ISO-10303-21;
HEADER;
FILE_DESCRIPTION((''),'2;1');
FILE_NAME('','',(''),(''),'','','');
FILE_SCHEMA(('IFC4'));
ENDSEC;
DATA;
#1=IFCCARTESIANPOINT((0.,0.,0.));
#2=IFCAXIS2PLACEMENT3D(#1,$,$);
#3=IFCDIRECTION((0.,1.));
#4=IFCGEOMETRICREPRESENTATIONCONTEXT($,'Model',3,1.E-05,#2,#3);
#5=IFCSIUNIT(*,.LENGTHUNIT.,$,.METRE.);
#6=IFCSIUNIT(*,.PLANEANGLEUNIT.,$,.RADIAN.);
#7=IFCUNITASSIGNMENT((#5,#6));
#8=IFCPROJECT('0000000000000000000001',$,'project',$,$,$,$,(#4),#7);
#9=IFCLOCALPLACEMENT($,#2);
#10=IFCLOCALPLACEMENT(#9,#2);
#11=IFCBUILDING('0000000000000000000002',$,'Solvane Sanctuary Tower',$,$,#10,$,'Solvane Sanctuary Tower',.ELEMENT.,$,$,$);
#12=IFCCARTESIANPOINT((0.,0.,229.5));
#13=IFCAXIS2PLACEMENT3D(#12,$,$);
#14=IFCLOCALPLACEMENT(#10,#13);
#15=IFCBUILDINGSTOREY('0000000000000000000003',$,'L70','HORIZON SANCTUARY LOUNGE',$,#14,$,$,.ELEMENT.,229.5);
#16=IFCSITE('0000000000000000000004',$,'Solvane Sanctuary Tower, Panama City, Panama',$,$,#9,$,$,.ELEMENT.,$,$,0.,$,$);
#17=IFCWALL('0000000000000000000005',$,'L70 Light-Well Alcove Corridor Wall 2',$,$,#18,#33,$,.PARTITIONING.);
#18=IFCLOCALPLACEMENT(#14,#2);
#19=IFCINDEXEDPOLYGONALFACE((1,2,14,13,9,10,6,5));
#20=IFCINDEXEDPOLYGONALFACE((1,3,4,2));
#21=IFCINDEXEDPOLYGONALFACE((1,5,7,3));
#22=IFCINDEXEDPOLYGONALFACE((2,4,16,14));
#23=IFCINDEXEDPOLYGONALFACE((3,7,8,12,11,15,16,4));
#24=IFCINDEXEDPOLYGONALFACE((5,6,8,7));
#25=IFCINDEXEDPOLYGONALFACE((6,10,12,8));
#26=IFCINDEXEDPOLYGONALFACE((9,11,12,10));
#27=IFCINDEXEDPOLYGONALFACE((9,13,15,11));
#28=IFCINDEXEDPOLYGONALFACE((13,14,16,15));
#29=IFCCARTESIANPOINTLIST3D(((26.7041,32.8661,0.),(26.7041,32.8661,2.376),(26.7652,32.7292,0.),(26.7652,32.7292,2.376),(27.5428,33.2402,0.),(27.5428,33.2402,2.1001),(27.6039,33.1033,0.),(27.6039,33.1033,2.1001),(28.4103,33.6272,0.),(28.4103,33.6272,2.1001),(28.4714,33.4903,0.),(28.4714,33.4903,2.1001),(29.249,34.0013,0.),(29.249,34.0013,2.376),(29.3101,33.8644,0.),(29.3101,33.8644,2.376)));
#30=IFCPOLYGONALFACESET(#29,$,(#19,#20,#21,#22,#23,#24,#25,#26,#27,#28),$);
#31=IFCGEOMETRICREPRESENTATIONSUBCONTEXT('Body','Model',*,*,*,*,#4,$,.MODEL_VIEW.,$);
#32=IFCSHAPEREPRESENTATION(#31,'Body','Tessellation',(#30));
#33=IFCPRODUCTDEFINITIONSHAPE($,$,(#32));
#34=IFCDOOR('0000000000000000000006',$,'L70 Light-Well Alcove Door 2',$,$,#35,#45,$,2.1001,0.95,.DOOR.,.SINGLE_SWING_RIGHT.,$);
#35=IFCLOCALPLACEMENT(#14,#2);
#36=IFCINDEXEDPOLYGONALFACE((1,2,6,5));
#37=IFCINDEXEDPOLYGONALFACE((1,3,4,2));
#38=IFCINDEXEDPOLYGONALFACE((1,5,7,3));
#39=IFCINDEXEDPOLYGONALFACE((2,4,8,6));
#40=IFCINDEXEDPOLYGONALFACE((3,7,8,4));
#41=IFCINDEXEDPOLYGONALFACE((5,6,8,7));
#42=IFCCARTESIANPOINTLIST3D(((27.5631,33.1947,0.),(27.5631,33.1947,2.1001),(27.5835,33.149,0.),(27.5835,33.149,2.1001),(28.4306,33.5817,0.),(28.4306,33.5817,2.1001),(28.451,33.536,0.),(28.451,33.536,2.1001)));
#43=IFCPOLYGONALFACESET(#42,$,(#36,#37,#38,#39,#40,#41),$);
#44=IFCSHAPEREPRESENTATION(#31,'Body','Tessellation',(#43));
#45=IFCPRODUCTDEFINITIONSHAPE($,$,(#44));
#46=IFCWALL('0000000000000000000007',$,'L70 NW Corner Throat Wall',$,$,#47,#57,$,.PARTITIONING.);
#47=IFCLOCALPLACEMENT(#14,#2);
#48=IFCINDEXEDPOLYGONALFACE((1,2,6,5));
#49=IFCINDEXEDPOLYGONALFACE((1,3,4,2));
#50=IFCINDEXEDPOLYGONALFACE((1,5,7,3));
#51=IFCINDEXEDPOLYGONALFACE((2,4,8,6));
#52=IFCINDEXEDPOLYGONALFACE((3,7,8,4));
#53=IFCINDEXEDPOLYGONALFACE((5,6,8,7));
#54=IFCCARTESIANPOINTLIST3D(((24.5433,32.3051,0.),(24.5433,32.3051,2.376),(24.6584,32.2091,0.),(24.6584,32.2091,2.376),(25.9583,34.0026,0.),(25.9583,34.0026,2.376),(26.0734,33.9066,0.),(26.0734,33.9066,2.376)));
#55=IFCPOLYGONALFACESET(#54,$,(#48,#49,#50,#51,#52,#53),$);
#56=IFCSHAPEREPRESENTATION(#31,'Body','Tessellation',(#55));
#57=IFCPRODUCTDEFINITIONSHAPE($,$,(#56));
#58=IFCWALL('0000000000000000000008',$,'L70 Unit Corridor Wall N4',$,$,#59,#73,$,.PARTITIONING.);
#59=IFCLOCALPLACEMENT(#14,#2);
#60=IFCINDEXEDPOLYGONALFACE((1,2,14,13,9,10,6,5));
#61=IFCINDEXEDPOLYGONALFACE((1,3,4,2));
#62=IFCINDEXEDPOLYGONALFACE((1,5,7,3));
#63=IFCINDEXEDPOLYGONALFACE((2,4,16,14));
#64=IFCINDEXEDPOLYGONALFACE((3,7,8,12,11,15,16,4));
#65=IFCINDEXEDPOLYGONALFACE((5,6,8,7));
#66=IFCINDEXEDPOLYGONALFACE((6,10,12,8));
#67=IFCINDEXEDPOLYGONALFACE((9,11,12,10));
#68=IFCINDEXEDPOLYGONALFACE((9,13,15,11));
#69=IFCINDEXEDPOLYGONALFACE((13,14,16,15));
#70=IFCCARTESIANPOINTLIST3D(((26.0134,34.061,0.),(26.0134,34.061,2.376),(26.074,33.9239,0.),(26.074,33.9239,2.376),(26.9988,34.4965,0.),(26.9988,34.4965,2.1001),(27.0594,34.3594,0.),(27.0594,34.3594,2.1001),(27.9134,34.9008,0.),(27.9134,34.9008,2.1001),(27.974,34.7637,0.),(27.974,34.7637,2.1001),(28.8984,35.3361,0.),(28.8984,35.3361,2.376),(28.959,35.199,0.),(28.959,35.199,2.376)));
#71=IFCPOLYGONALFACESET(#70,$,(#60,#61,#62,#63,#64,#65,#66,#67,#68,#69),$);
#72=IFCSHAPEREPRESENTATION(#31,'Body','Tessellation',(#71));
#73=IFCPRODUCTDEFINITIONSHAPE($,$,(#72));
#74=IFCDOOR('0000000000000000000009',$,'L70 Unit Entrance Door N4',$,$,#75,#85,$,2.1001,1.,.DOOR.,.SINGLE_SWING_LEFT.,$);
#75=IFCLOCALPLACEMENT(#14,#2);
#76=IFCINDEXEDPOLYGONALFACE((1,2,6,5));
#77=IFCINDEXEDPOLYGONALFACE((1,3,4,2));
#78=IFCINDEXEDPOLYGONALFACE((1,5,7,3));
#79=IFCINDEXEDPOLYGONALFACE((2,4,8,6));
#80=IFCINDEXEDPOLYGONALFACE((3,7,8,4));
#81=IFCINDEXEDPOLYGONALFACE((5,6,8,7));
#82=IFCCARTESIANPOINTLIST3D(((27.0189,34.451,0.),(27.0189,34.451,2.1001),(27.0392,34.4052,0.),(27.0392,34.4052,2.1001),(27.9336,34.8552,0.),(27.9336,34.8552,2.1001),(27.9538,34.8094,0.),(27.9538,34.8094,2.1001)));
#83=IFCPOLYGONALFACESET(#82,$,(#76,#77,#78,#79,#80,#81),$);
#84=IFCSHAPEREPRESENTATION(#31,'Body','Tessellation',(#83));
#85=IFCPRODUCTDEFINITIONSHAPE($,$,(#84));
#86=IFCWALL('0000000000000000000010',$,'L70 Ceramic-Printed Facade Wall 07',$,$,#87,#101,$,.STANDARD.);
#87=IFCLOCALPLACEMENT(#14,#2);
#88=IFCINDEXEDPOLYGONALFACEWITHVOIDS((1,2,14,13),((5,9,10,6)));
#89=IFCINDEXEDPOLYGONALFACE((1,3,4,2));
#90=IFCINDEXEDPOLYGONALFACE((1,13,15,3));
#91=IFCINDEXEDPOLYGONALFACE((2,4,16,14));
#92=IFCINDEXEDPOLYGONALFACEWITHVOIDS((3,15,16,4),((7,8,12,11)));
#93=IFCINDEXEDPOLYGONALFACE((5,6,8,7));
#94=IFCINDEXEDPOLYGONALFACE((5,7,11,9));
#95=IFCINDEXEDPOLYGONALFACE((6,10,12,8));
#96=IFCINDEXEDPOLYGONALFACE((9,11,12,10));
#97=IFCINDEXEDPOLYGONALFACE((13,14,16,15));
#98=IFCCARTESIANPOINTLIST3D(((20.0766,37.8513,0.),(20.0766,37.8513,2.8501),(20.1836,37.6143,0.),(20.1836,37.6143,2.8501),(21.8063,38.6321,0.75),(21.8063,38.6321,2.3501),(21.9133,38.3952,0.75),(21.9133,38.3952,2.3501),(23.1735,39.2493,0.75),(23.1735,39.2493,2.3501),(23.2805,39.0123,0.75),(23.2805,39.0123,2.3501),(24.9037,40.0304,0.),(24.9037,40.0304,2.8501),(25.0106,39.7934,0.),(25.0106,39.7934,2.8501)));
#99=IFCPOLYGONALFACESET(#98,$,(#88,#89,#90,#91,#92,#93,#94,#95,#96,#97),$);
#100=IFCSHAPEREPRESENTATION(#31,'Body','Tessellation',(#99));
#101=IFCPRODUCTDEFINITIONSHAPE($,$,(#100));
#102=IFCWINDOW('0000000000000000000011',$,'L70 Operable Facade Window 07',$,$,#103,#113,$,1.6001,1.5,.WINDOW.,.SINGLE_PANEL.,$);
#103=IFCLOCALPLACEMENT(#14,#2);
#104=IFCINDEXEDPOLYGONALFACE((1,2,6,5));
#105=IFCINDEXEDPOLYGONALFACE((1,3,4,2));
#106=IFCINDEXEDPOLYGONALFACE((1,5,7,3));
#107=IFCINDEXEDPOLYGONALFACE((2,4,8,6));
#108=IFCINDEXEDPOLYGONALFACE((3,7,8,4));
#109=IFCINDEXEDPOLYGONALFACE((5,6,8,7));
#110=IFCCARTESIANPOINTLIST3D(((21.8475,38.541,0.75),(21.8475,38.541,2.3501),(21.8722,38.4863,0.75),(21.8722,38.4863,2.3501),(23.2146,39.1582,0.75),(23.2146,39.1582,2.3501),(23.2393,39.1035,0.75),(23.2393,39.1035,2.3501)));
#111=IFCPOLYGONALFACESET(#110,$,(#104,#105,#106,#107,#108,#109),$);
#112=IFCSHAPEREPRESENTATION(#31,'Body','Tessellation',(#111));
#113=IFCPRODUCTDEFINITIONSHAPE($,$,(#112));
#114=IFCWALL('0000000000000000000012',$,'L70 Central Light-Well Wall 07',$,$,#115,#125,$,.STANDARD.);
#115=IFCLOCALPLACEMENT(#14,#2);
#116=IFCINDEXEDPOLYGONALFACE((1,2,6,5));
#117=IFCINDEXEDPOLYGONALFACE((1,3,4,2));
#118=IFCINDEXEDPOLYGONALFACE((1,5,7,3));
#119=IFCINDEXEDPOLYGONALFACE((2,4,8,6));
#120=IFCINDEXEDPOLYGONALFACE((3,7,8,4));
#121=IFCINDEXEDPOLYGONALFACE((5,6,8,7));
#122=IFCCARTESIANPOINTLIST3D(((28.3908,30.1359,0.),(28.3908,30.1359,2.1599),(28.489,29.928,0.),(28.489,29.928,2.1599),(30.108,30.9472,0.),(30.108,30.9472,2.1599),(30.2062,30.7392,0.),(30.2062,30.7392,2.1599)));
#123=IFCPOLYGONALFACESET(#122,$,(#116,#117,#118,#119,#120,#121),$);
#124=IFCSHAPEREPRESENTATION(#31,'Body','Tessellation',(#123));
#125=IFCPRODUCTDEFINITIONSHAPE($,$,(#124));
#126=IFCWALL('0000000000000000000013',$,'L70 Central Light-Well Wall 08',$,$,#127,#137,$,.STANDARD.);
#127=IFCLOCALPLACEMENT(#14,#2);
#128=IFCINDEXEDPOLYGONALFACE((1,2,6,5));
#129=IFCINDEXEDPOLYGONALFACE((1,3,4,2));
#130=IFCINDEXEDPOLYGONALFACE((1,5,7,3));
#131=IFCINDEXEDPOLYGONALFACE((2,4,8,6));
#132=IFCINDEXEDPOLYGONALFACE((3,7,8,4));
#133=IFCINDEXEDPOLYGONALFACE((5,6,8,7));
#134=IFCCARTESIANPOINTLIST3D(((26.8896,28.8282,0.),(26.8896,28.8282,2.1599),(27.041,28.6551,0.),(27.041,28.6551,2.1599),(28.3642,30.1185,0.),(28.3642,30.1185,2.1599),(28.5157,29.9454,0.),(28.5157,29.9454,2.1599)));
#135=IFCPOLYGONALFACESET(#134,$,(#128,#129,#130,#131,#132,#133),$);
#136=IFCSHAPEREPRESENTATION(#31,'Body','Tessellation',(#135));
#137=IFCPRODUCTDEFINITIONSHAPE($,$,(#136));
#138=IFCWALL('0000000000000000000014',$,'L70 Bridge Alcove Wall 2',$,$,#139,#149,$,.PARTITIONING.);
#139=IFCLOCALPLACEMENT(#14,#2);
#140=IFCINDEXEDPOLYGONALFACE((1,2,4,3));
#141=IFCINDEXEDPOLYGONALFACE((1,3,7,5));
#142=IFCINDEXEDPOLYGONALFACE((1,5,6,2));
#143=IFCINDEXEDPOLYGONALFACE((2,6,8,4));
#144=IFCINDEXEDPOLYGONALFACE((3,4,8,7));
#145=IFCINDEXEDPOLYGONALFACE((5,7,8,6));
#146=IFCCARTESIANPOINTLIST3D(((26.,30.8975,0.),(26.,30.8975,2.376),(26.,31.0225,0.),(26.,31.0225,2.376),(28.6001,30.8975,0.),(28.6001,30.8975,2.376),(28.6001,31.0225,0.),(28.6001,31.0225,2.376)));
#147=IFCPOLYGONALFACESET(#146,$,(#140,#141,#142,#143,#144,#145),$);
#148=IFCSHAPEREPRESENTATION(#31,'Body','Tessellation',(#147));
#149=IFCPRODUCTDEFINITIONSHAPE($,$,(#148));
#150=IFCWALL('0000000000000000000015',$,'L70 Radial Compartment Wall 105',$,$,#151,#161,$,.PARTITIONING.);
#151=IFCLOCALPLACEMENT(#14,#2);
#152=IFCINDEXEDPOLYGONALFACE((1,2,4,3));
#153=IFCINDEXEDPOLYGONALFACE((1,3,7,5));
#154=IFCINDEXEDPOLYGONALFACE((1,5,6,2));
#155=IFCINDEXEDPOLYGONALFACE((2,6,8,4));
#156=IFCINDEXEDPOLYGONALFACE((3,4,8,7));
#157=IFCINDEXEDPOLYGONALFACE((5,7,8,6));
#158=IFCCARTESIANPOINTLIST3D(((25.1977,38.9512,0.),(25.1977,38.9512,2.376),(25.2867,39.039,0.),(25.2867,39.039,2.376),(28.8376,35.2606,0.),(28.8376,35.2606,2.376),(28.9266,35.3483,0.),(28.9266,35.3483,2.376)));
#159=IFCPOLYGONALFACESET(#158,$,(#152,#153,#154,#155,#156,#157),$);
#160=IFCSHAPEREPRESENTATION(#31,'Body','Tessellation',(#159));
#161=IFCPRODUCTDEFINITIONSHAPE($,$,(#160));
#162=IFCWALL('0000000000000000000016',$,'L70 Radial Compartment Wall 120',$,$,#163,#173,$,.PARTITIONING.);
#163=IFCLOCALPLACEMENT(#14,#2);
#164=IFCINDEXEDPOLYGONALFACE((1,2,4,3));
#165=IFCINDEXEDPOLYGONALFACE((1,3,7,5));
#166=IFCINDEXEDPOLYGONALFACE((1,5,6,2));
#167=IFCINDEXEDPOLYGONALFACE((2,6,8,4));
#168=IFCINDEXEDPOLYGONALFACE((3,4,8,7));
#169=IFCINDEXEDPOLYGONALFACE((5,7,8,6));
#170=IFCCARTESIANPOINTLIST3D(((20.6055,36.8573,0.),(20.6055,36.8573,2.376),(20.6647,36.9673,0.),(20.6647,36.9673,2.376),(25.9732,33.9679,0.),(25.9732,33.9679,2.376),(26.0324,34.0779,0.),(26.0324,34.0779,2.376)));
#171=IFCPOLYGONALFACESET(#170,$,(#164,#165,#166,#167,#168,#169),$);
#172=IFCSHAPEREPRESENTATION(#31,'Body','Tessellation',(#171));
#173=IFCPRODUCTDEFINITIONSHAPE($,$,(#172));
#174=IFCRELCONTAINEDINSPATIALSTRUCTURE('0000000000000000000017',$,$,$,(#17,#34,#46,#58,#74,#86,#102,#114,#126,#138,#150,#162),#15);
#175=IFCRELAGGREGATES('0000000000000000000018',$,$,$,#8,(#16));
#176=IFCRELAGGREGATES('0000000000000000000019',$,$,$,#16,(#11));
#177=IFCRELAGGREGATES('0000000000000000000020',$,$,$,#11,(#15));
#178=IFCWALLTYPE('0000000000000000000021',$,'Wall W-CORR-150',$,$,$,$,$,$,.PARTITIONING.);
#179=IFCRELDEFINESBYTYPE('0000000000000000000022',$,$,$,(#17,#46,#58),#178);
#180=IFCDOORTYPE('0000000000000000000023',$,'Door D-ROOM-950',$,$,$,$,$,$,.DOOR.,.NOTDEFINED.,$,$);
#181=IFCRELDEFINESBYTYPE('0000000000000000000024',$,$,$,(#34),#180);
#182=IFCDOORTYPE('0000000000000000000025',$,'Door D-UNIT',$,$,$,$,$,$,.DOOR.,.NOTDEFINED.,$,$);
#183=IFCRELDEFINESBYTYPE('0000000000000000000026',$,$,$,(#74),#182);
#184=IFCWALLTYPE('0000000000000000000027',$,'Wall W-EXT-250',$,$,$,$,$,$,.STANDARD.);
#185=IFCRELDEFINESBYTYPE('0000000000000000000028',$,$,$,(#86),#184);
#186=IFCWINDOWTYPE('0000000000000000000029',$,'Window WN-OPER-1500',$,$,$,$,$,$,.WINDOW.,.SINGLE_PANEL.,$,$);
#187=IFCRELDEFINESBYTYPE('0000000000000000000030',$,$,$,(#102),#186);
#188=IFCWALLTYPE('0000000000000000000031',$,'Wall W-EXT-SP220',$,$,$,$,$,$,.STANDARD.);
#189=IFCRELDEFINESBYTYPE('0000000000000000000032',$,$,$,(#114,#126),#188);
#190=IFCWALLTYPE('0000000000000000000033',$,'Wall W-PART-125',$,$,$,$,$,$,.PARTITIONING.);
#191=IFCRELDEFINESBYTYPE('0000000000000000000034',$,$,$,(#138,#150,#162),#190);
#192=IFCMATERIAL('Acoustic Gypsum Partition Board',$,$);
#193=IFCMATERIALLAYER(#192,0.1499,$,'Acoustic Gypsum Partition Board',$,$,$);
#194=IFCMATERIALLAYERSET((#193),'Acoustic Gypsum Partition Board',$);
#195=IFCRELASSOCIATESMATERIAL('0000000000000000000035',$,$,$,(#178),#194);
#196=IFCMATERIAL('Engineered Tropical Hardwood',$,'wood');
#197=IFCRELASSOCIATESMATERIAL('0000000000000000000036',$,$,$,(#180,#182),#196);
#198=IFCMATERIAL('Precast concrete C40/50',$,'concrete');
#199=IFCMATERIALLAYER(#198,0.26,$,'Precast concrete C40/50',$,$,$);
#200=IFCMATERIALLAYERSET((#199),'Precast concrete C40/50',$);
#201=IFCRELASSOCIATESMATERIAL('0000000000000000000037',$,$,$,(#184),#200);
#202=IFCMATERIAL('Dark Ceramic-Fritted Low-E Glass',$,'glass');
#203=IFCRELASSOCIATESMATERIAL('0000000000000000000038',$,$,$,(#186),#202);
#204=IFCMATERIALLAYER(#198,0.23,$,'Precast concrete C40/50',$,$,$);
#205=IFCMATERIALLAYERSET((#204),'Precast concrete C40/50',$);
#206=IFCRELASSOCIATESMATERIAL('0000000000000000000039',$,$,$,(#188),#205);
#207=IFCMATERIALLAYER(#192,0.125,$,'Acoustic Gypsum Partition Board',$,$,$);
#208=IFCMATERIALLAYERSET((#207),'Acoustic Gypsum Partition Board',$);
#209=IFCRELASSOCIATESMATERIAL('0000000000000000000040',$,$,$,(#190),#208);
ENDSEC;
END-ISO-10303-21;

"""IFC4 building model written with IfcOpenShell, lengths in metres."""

from ifc_helpers import new_model, si_unit, direction, frame, frame_2d, origin, place, context, subcontext, project, spatial, rectangle, extrude, material, layer, layer_set, type_object, element, fill, save


model = new_model("IFC4")

# Units and contexts
model_context = context("Model", 3, precision=1e-05, world=origin(), true_north=direction((0.0, 1.0)))
body_context = subcontext(model_context, "Body", "Model", "MODEL_VIEW")
ifc_project = project(units=[si_unit("LENGTHUNIT", "METRE"), si_unit("PLANEANGLEUNIT", "RADIAN")], contexts=[model_context])

# Site, building, storey
site_placement = place(None, origin())
site = spatial("IfcSite", under=ifc_project, at=site_placement, Name="Solvane Sanctuary Tower, Panama City, Panama", CompositionType="ELEMENT", RefElevation=0.0)
building_placement = place(site_placement, origin())
building = spatial("IfcBuilding", under=site, at=building_placement, Name="Solvane Sanctuary Tower", LongName="Solvane Sanctuary Tower", CompositionType="ELEMENT")
storey_placement = place(building_placement, frame((0.0, 0.0, 229.5)))
storey = spatial("IfcBuildingStorey", under=building, at=storey_placement, Name="L70", Description="HORIZON SANCTUARY LOUNGE", CompositionType="ELEMENT", Elevation=229.5)

# Wall, opening, door
ifc_material_1 = material(Name="Acoustic Gypsum Partition Board")
ifc_layer_1 = layer(ifc_material_1, 0.1499, Name="Acoustic Gypsum Partition Board")
ifc_layer_set_1 = layer_set([ifc_layer_1], Name="Acoustic Gypsum Partition Board")
wall_type_1 = type_object("IfcWallType", Name="Wall W-CORR-150", PredefinedType="PARTITIONING", material=ifc_layer_set_1)
wall_1_placement = place(storey_placement, frame((29.2795, 33.9329, 0.0), z_axis=(0.0, 0.0, 1.0), x_axis=(-0.913254, -0.40739, 0.0)))
wall_1 = element("IfcWall", 1, at=wall_1_placement, inside=storey, type_object=wall_type_1, Name="L70 Light-Well Alcove Corridor Wall 2", PredefinedType="PARTITIONING", context=body_context, shape_type="SweptSolid", body=[
    extrude(rectangle(XDim=2.7866, YDim=0.1499, at=frame_2d((1.3933, 0.0))), origin(), (0.0, 0.0, 1.0), 2.376),
])
opening_1_placement = place(wall_1_placement, frame((0.9182, 0.0, 0.0)))
opening_1 = element("IfcOpeningElement", 2, at=opening_1_placement, cuts=wall_1, PredefinedType="OPENING", context=body_context, shape_type="SweptSolid", body=[
    extrude(rectangle(XDim=0.95, YDim=2.1001, at=frame_2d((0.4751, 1.05))), frame((0.0, 0.085, 0.0), z_axis=(0.0, -1.0, 0.0), x_axis=(1.0, 0.0, 0.0)), (0.0, 0.0, 1.0), 0.1699),
])
ifc_material_2 = material(Name="Engineered Tropical Hardwood", Category="wood")
door_type_1 = type_object("IfcDoorType", Name="Door D-ROOM-950", OperationType="NOTDEFINED", PredefinedType="DOOR", material=ifc_material_2)
door_1_placement = place(opening_1_placement, origin())
door_1 = element("IfcDoor", 3, at=door_1_placement, inside=storey, type_object=door_type_1, Name="L70 Light-Well Alcove Door 2", OperationType="SINGLE_SWING_RIGHT", OverallHeight=2.1001, OverallWidth=0.95, PredefinedType="DOOR", context=body_context, shape_type="SweptSolid", body=[
    extrude(rectangle(XDim=0.95, YDim=2.1001, at=frame_2d((0.4751, 1.05))), frame((0.0, 0.0249, 0.0), z_axis=(0.0, -1.0, 0.0), x_axis=(1.0, 0.0, 0.0)), (0.0, 0.0, 1.0), 0.05),
])
fill(opening_1, door_1)

# Wall
wall_2_placement = place(storey_placement, frame((26.0159, 33.9546, 0.0), z_axis=(0.0, 0.0, 1.0), x_axis=(-0.640304, -0.768122, 0.0)))
element("IfcWall", 4, at=wall_2_placement, inside=storey, type_object=wall_type_1, Name="L70 NW Corner Throat Wall", PredefinedType="PARTITIONING", context=body_context, shape_type="SweptSolid", body=[
    extrude(rectangle(XDim=2.21, YDim=0.1499, at=frame_2d((1.105, 0.0))), origin(), (0.0, 0.0, 1.0), 2.376),
])

# Wall, opening, door
wall_3_placement = place(storey_placement, frame((28.9287, 35.2676, 0.0), z_axis=(0.0, 0.0, 1.0), x_axis=(-0.914643, -0.404263, 0.0)))
wall_3 = element("IfcWall", 5, at=wall_3_placement, inside=storey, type_object=wall_type_1, Name="L70 Unit Corridor Wall N4", PredefinedType="PARTITIONING", context=body_context, shape_type="SweptSolid", body=[
    extrude(rectangle(XDim=3.1543, YDim=0.1499, at=frame_2d((1.5771, 0.0))), origin(), (0.0, 0.0, 1.0), 2.376),
])
opening_2_placement = place(wall_3_placement, frame((1.0769, 0.0, 0.0)))
opening_2 = element("IfcOpeningElement", 6, at=opening_2_placement, cuts=wall_3, PredefinedType="OPENING", context=body_context, shape_type="SweptSolid", body=[
    extrude(rectangle(XDim=1.0, YDim=2.1001, at=frame_2d((0.5, 1.05))), frame((0.0, 0.085, 0.0), z_axis=(0.0, -1.0, 0.0), x_axis=(1.0, 0.0, 0.0)), (0.0, 0.0, 1.0), 0.1699),
])
door_type_2 = type_object("IfcDoorType", Name="Door D-UNIT", OperationType="NOTDEFINED", PredefinedType="DOOR", material=ifc_material_2)
door_2_placement = place(opening_2_placement, origin())
door_2 = element("IfcDoor", 7, at=door_2_placement, inside=storey, type_object=door_type_2, Name="L70 Unit Entrance Door N4", OperationType="SINGLE_SWING_LEFT", OverallHeight=2.1001, OverallWidth=1.0, PredefinedType="DOOR", context=body_context, shape_type="SweptSolid", body=[
    extrude(rectangle(XDim=1.0, YDim=2.1001, at=frame_2d((0.5, 1.05))), frame((0.0, 0.0249, 0.0), z_axis=(0.0, -1.0, 0.0), x_axis=(1.0, 0.0, 0.0)), (0.0, 0.0, 1.0), 0.05),
])
fill(opening_2, door_2)

# Wall, opening, window
ifc_material_3 = material(Name="Precast concrete C40/50", Category="concrete")
ifc_layer_2 = layer(ifc_material_3, 0.26, Name="Precast concrete C40/50")
ifc_layer_set_2 = layer_set([ifc_layer_2], Name="Precast concrete C40/50")
wall_type_2 = type_object("IfcWallType", Name="Wall W-EXT-250", PredefinedType="STANDARD", material=ifc_layer_set_2)
wall_4_placement = place(storey_placement, frame((24.957, 39.9119, 0.0), z_axis=(0.0, 0.0, 1.0), x_axis=(-0.911427, -0.411461, 0.0)))
wall_4 = element("IfcWall", 8, at=wall_4_placement, inside=storey, type_object=wall_type_2, Name="L70 Ceramic-Printed Facade Wall 07", PredefinedType="STANDARD", context=body_context, shape_type="SweptSolid", body=[
    extrude(rectangle(XDim=5.2961, YDim=0.26, at=frame_2d((2.6479, 0.0))), origin(), (0.0, 0.0, 1.0), 2.8501),
])
opening_3_placement = place(wall_4_placement, frame((1.8982, 0.0, 0.75)))
opening_3 = element("IfcOpeningElement", 9, at=opening_3_placement, cuts=wall_4, PredefinedType="OPENING", context=body_context, shape_type="SweptSolid", body=[
    extrude(rectangle(XDim=1.5, YDim=1.6001, at=frame_2d((0.75, 0.8))), frame((0.0, 0.1399, 0.0), z_axis=(0.0, -1.0, 0.0), x_axis=(1.0, 0.0, 0.0)), (0.0, 0.0, 1.0), 0.28),
])
ifc_material_4 = material(Name="Dark Ceramic-Fritted Low-E Glass", Category="glass")
window_type = type_object("IfcWindowType", Name="Window WN-OPER-1500", PartitioningType="SINGLE_PANEL", PredefinedType="WINDOW", material=ifc_material_4)
window_placement = place(opening_3_placement, origin())
window = element("IfcWindow", 10, at=window_placement, inside=storey, type_object=window_type, Name="L70 Operable Facade Window 07", OverallHeight=1.6001, OverallWidth=1.5, PartitioningType="SINGLE_PANEL", PredefinedType="WINDOW", context=body_context, shape_type="SweptSolid", body=[
    extrude(rectangle(XDim=1.5, YDim=1.6001, at=frame_2d((0.75, 0.8))), frame((0.0, 0.03, 0.0), z_axis=(0.0, -1.0, 0.0), x_axis=(1.0, 0.0, 0.0)), (0.0, 0.0, 1.0), 0.0601),
])
fill(opening_3, window)

# Walls
ifc_layer_3 = layer(ifc_material_3, 0.23, Name="Precast concrete C40/50")
ifc_layer_set_3 = layer_set([ifc_layer_3], Name="Precast concrete C40/50")
wall_type_3 = type_object("IfcWallType", Name="Wall W-EXT-SP220", PredefinedType="STANDARD", material=ifc_layer_set_3)
wall_5_placement = place(storey_placement, frame((30.1572, 30.8433, 0.0), z_axis=(0.0, 0.0, 1.0), x_axis=(-0.90418, -0.427152, 0.0)))
element("IfcWall", 11, at=wall_5_placement, inside=storey, type_object=wall_type_3, Name="L70 Central Light-Well Wall 07", PredefinedType="STANDARD", context=body_context, shape_type="SweptSolid", body=[
    extrude(rectangle(XDim=1.8992, YDim=0.23, at=frame_2d((0.9497, 0.0))), origin(), (0.0, 0.0, 1.0), 2.1599),
])
wall_6_placement = place(storey_placement, frame((28.4399, 30.032, 0.0), z_axis=(0.0, 0.0, 1.0), x_axis=(-0.752577, -0.658505, 0.0)))
element("IfcWall", 12, at=wall_6_placement, inside=storey, type_object=wall_type_3, Name="L70 Central Light-Well Wall 08", PredefinedType="STANDARD", context=body_context, shape_type="SweptSolid", body=[
    extrude(rectangle(XDim=1.9595, YDim=0.23, at=frame_2d((0.9797, 0.0))), origin(), (0.0, 0.0, 1.0), 2.1599),
])
ifc_layer_4 = layer(ifc_material_1, 0.125, Name="Acoustic Gypsum Partition Board")
ifc_layer_set_4 = layer_set([ifc_layer_4], Name="Acoustic Gypsum Partition Board")
wall_type_4 = type_object("IfcWallType", Name="Wall W-PART-125", PredefinedType="PARTITIONING", material=ifc_layer_set_4)
wall_7_placement = place(storey_placement, frame((26.0, 30.96, 0.0), z_axis=(0.0, 0.0, 1.0), x_axis=(1.0, 0.0, 0.0)))
element("IfcWall", 13, at=wall_7_placement, inside=storey, type_object=wall_type_4, Name="L70 Bridge Alcove Wall 2", PredefinedType="PARTITIONING", context=body_context, shape_type="SweptSolid", body=[
    extrude(rectangle(XDim=2.6001, YDim=0.125, at=frame_2d((1.3, 0.0))), origin(), (0.0, 0.0, 1.0), 2.376),
])
wall_8_placement = place(storey_placement, frame((28.8821, 35.3044, 0.0), z_axis=(0.0, 0.0, 1.0), x_axis=(-0.702192, 0.711988, 0.0)))
element("IfcWall", 14, at=wall_8_placement, inside=storey, type_object=wall_type_4, Name="L70 Radial Compartment Wall 105", PredefinedType="PARTITIONING", context=body_context, shape_type="SweptSolid", body=[
    extrude(rectangle(XDim=5.1836, YDim=0.125, at=frame_2d((2.5918, 0.0))), origin(), (0.0, 0.0, 1.0), 2.376),
])
wall_9_placement = place(storey_placement, frame((26.0027, 34.0229, 0.0), z_axis=(0.0, 0.0, 1.0), x_axis=(-0.880532, 0.473988, 0.0)))
element("IfcWall", 15, at=wall_9_placement, inside=storey, type_object=wall_type_4, Name="L70 Radial Compartment Wall 120", PredefinedType="PARTITIONING", context=body_context, shape_type="SweptSolid", body=[
    extrude(rectangle(XDim=6.0959, YDim=0.125, at=frame_2d((3.0479, 0.0))), origin(), (0.0, 0.0, 1.0), 2.376),
])

save(model, "model.ifc")
